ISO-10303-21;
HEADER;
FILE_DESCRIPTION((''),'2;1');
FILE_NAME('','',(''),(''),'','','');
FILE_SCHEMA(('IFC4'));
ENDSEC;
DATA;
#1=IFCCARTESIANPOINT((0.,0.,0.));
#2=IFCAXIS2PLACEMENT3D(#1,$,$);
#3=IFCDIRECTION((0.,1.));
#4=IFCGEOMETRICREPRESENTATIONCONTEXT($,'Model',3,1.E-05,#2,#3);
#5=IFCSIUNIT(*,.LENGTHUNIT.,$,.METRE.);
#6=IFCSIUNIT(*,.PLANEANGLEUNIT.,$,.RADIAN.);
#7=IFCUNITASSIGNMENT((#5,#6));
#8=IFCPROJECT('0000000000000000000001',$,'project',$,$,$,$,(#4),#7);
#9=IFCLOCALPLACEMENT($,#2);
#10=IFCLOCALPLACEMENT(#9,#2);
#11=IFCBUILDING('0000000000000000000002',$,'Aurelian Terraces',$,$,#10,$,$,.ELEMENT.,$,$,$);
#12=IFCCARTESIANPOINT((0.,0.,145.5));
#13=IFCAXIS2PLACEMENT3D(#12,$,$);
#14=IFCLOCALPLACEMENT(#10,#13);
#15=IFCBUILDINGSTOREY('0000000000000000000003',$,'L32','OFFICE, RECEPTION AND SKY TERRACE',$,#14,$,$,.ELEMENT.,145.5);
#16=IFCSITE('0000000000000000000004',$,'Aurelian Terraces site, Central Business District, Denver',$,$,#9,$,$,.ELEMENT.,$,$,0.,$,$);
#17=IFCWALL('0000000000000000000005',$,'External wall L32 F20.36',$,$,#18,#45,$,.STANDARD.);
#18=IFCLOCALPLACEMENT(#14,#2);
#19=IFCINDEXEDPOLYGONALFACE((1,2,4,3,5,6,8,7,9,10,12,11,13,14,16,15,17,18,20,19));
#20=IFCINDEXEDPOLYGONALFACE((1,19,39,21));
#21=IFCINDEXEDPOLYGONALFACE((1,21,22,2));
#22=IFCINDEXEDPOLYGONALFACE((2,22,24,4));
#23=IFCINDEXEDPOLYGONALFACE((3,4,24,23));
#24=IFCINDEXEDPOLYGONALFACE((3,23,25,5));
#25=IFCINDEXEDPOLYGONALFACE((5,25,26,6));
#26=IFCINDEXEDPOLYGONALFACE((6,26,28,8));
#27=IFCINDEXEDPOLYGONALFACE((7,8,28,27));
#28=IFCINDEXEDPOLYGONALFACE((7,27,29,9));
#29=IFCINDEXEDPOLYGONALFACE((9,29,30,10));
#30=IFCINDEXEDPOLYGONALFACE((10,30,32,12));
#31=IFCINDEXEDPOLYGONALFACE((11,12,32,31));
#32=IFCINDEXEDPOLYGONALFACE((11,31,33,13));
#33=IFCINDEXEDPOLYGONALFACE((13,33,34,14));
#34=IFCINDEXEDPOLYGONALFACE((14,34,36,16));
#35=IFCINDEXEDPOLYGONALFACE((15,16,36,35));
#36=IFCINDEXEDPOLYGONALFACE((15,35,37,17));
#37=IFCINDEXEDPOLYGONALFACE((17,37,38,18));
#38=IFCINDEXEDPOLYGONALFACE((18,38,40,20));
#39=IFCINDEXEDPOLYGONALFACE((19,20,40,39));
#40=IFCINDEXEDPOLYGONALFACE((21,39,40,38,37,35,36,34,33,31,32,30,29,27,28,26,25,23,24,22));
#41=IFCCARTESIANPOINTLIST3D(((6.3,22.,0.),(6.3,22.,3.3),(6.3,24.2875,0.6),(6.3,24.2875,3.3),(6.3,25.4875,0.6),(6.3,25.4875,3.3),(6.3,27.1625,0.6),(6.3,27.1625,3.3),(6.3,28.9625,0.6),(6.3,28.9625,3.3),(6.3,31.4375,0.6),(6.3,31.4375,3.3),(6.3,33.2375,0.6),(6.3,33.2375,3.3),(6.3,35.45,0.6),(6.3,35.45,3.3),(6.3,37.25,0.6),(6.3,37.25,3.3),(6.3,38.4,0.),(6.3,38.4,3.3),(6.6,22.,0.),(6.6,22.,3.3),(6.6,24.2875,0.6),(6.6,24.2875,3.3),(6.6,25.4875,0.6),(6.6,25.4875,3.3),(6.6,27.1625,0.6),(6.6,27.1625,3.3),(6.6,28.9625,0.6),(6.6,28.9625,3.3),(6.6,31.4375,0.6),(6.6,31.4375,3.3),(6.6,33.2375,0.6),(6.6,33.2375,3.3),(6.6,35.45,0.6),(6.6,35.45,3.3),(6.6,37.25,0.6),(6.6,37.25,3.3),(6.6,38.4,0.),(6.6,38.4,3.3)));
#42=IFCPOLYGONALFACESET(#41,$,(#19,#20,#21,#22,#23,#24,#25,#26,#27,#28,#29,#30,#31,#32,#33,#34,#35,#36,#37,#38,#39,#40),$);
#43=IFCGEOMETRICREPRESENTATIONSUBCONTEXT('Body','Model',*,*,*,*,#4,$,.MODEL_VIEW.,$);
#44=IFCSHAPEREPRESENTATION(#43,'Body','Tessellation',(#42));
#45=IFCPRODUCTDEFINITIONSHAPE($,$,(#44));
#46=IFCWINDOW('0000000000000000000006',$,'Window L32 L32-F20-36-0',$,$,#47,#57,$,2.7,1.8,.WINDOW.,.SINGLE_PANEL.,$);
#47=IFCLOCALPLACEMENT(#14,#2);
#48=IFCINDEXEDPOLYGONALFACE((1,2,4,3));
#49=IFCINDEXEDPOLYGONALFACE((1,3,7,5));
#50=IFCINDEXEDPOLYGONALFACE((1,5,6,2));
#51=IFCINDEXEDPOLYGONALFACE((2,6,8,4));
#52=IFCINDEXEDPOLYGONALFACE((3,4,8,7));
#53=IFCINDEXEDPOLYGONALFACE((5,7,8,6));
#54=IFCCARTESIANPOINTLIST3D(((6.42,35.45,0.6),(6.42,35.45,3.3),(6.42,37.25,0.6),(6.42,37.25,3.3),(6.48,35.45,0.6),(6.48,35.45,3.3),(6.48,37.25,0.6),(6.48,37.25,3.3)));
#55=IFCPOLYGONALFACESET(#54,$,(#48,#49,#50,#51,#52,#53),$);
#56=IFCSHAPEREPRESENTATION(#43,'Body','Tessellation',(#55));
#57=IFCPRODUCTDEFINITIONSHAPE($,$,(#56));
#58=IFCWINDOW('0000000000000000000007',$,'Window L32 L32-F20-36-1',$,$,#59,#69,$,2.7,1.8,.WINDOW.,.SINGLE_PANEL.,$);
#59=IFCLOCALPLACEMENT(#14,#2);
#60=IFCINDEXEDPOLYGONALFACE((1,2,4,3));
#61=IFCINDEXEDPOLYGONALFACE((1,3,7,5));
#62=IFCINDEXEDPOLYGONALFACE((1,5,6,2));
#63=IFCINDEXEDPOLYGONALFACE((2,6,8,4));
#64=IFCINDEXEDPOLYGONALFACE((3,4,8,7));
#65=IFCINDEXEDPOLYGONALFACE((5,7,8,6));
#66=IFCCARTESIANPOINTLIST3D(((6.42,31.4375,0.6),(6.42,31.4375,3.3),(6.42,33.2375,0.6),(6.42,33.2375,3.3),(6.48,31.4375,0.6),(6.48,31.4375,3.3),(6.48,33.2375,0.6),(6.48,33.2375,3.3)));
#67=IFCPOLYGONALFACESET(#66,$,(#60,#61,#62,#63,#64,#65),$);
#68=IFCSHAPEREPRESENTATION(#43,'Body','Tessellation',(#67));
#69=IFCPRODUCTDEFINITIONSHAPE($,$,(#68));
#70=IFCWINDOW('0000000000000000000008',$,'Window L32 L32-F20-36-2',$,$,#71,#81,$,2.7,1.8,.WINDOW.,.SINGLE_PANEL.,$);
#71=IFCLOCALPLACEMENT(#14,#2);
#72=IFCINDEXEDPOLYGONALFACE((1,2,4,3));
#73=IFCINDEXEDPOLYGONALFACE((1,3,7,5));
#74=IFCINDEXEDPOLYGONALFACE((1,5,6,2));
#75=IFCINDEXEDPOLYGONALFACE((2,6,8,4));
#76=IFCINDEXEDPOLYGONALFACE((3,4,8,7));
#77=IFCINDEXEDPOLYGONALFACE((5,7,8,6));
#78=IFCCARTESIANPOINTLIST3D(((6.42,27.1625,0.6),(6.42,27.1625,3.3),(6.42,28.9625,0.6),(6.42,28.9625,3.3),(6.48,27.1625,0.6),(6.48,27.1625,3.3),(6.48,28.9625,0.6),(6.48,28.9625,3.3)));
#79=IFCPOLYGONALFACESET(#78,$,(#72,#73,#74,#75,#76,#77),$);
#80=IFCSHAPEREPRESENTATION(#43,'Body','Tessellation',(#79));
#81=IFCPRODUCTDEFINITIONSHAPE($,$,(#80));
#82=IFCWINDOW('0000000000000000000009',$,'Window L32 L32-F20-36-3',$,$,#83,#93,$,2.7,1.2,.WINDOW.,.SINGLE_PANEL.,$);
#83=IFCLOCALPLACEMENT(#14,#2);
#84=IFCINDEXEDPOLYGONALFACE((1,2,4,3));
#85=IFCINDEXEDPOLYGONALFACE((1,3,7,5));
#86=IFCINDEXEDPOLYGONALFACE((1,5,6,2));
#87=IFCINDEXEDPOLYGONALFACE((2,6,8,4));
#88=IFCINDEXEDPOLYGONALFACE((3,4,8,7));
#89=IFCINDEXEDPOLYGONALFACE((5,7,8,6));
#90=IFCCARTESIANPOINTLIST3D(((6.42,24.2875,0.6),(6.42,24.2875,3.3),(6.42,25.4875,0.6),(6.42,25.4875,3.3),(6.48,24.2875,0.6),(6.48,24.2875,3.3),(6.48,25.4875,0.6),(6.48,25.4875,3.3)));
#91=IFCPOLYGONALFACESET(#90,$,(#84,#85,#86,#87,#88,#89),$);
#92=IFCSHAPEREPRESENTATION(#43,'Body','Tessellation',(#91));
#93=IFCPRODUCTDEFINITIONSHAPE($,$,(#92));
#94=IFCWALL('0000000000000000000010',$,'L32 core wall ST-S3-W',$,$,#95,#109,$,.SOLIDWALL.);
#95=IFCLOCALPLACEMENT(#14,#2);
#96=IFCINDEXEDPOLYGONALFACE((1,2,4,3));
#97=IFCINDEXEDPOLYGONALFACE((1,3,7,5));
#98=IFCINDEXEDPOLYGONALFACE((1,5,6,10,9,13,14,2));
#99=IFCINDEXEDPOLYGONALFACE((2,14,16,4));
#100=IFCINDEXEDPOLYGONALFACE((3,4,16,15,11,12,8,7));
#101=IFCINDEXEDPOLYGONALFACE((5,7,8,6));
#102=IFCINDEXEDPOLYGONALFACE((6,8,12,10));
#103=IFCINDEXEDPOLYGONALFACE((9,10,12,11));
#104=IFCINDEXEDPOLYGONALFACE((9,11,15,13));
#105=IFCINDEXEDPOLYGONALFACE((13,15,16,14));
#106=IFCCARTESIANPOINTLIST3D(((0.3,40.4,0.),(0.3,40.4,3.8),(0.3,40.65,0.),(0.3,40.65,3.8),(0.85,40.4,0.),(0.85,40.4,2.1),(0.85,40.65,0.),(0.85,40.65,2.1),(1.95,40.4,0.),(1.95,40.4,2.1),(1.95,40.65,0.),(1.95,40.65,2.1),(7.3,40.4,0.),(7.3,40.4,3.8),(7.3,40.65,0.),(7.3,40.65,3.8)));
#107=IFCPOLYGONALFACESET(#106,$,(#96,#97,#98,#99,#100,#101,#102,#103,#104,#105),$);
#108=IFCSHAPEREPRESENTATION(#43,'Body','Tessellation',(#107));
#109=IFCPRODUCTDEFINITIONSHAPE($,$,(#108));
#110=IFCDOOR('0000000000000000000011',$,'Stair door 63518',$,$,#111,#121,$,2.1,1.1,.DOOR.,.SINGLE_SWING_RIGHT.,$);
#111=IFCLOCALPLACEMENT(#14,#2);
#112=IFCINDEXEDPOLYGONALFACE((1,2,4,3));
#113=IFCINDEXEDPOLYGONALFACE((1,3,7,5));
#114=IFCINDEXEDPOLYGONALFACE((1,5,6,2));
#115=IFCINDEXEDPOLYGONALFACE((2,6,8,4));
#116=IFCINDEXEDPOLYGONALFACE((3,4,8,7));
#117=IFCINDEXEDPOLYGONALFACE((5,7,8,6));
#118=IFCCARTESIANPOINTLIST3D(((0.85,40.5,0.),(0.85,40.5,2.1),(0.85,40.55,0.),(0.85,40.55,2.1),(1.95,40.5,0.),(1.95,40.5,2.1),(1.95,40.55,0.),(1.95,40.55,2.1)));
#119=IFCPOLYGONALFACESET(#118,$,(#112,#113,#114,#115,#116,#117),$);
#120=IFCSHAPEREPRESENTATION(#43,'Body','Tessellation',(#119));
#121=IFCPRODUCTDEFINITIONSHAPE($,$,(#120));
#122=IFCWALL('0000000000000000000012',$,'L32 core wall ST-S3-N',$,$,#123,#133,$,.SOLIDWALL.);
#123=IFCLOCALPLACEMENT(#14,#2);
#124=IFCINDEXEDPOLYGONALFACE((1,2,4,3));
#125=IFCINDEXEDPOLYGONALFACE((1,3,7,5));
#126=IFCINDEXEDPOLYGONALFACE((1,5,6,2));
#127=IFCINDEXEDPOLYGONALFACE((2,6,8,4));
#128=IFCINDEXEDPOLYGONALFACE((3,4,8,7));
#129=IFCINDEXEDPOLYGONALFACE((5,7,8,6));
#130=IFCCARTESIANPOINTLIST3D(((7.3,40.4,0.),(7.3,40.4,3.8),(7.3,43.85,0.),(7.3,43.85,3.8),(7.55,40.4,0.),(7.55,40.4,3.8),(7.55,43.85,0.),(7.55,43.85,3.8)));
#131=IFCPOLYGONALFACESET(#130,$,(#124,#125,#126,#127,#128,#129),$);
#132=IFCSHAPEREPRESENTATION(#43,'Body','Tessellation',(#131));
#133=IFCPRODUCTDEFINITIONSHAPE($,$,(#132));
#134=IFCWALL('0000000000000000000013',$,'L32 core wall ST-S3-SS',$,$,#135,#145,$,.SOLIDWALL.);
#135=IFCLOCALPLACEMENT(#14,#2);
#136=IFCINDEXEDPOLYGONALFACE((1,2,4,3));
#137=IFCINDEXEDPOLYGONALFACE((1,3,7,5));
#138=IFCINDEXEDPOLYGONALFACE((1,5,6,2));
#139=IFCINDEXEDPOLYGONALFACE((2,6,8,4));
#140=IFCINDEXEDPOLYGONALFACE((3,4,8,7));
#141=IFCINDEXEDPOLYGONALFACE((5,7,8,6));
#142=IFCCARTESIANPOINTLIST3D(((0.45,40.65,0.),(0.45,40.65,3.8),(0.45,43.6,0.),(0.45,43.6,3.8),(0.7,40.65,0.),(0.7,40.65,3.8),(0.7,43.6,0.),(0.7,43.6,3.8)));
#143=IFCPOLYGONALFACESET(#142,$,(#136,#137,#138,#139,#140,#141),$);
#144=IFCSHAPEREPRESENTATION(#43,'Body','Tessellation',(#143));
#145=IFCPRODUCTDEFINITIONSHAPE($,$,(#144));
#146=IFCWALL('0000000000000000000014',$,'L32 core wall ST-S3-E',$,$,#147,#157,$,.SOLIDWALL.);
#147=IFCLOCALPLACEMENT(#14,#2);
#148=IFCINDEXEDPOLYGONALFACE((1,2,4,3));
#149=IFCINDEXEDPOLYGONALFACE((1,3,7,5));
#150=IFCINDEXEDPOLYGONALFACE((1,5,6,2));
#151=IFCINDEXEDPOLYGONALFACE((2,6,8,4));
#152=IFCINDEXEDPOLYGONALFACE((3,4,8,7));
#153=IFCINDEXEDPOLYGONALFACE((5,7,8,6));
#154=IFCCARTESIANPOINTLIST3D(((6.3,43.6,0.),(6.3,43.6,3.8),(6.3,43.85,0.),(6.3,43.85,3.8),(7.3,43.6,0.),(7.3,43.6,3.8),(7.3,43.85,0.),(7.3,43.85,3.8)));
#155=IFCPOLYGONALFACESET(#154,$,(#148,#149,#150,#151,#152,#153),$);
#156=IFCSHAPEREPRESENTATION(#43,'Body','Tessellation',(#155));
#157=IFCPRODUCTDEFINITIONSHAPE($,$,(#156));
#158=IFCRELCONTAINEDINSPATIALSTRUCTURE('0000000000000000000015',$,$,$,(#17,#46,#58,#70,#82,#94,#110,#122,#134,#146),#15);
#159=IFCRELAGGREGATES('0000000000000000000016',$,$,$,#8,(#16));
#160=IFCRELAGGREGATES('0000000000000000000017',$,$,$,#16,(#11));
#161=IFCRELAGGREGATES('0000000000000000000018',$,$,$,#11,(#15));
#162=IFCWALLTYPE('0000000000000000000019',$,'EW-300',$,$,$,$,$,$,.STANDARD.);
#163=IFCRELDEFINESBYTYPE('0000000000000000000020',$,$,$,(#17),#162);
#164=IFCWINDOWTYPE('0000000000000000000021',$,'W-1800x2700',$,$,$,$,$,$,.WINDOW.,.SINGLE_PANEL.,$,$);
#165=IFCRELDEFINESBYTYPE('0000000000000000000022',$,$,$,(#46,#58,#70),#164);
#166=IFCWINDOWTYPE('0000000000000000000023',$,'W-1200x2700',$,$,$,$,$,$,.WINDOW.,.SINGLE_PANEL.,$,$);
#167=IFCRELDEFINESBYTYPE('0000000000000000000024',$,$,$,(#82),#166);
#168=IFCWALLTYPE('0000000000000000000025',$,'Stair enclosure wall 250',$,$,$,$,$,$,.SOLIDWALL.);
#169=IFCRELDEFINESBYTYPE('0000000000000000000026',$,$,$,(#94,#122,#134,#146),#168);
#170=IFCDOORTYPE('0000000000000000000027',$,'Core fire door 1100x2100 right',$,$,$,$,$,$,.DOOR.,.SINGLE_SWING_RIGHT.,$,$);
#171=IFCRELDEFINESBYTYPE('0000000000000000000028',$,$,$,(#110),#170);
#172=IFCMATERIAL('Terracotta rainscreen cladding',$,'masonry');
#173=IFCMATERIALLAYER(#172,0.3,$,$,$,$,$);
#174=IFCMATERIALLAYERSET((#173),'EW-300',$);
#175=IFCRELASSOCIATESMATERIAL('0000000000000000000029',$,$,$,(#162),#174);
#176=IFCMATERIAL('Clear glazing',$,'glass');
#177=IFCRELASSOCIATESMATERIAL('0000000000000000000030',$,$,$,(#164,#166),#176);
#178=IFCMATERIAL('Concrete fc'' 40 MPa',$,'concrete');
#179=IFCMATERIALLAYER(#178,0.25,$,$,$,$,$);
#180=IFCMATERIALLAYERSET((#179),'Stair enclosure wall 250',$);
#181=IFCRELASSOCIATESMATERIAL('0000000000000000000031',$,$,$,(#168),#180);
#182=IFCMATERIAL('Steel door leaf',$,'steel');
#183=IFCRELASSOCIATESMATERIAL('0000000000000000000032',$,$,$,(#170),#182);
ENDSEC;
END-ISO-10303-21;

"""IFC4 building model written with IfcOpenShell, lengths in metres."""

from ifc_helpers import new_model, si_unit, direction, frame, frame_2d, origin, place, context, subcontext, project, spatial, rectangle, extrude, source, transform, mapped, material, layer, layer_set, type_object, element, fill, save


model = new_model("IFC4")

# Units and contexts
model_context = context("Model", 3, precision=1e-05, world=origin(), true_north=direction((0.0, 1.0)))
body_context = subcontext(model_context, "Body", "Model", "MODEL_VIEW")
ifc_project = project(units=[si_unit("LENGTHUNIT", "METRE"), si_unit("PLANEANGLEUNIT", "RADIAN")], contexts=[model_context])

# Site, building, storey
site_placement = place(None, origin())
site = spatial("IfcSite", under=ifc_project, at=site_placement, Name="Aurelian Terraces site, Central Business District, Denver", CompositionType="ELEMENT", RefElevation=0.0)
building_placement = place(site_placement, origin())
building = spatial("IfcBuilding", under=site, at=building_placement, Name="Aurelian Terraces", CompositionType="ELEMENT")
storey_placement = place(building_placement, frame((0.0, 0.0, 145.5)))
storey = spatial("IfcBuildingStorey", under=building, at=storey_placement, Name="L32", Description="OFFICE, RECEPTION AND SKY TERRACE", CompositionType="ELEMENT", Elevation=145.5)

# Shared definitions
ifc_material_1 = material(Name="Concrete fc' 40 MPa", Category="concrete")

# Shared definitions
ifc_material_2 = material(Name="Terracotta rainscreen cladding", Category="masonry")
ifc_layer_1 = layer(ifc_material_2, 0.3)
ifc_layer_set_1 = layer_set([ifc_layer_1], Name="EW-300")
wall_type_1 = type_object("IfcWallType", Name="EW-300", PredefinedType="STANDARD", material=ifc_layer_set_1)
ifc_material_3 = material(Name="Clear glazing", Category="glass")

# Wall, openings, windows
shared_shape_1 = source(origin(), body_context, "Body", "SweptSolid", [
    extrude(rectangle(XDim=16.4, YDim=0.3, at=frame_2d((8.2, 0.0))), origin(), (0.0, 0.0, 1.0), 3.3),
])
wall_1_placement = place(storey_placement, frame((6.45, 38.4, 0.0), z_axis=(0.0, 0.0, 1.0), x_axis=(0.0, -1.0, 0.0)))
wall_1 = element("IfcWall", 1, at=wall_1_placement, inside=storey, type_object=wall_type_1, Name="External wall L32 F20.36", PredefinedType="STANDARD", context=body_context, shape_type="MappedRepresentation", body=[
    mapped(shared_shape_1, transform((0.0, 0.0, 0.0), scale=1.0)),
])
shared_shape_2 = source(origin(), body_context, "Body", "SweptSolid", [
    extrude(rectangle(XDim=1.8, YDim=2.7, at=frame_2d((0.9, 1.35))), frame((0.0, 0.16, 0.0), z_axis=(0.0, -1.0, 0.0), x_axis=(1.0, 0.0, 0.0)), (0.0, 0.0, 1.0), 0.32),
])
opening_1_placement = place(wall_1_placement, frame((1.15, 0.0, 0.6)))
opening_1 = element("IfcOpeningElement", 2, at=opening_1_placement, cuts=wall_1, PredefinedType="OPENING", context=body_context, shape_type="MappedRepresentation", body=[
    mapped(shared_shape_2, transform((0.0, 0.0, 0.0), scale=1.0)),
])
opening_2_placement = place(wall_1_placement, frame((5.1625, 0.0, 0.6)))
opening_2 = element("IfcOpeningElement", 3, at=opening_2_placement, cuts=wall_1, PredefinedType="OPENING", context=body_context, shape_type="MappedRepresentation", body=[
    mapped(shared_shape_2, transform((0.0, 0.0, 0.0), scale=1.0)),
])
opening_3_placement = place(wall_1_placement, frame((9.4375, 0.0, 0.6)))
opening_3 = element("IfcOpeningElement", 4, at=opening_3_placement, cuts=wall_1, PredefinedType="OPENING", context=body_context, shape_type="MappedRepresentation", body=[
    mapped(shared_shape_2, transform((0.0, 0.0, 0.0), scale=1.0)),
])
shared_shape_3 = source(origin(), body_context, "Body", "SweptSolid", [
    extrude(rectangle(XDim=1.2, YDim=2.7, at=frame_2d((0.6, 1.35))), frame((0.0, 0.16, 0.0), z_axis=(0.0, -1.0, 0.0), x_axis=(1.0, 0.0, 0.0)), (0.0, 0.0, 1.0), 0.32),
])
opening_4_placement = place(wall_1_placement, frame((12.9125, 0.0, 0.6)))
opening_4 = element("IfcOpeningElement", 5, at=opening_4_placement, cuts=wall_1, PredefinedType="OPENING", context=body_context, shape_type="MappedRepresentation", body=[
    mapped(shared_shape_3, transform((0.0, 0.0, 0.0), scale=1.0)),
])
window_type_1 = type_object("IfcWindowType", Name="W-1800x2700", PartitioningType="SINGLE_PANEL", PredefinedType="WINDOW", material=ifc_material_3)
shared_shape_4 = source(origin(), body_context, "Body", "SweptSolid", [
    extrude(rectangle(XDim=1.8, YDim=2.7, at=frame_2d((0.9, 1.35))), frame((0.0, 0.03, 0.0), z_axis=(0.0, -1.0, 0.0), x_axis=(1.0, 0.0, 0.0)), (0.0, 0.0, 1.0), 0.06),
])
window_1_placement = place(opening_1_placement, origin())
window_1 = element("IfcWindow", 6, at=window_1_placement, inside=storey, type_object=window_type_1, Name="Window L32 L32-F20-36-0", OverallHeight=2.7, OverallWidth=1.8, PartitioningType="SINGLE_PANEL", PredefinedType="WINDOW", context=body_context, shape_type="MappedRepresentation", body=[
    mapped(shared_shape_4, transform((0.0, 0.0, 0.0), scale=1.0)),
])
fill(opening_1, window_1)
window_2_placement = place(opening_2_placement, origin())
window_2 = element("IfcWindow", 7, at=window_2_placement, inside=storey, type_object=window_type_1, Name="Window L32 L32-F20-36-1", OverallHeight=2.7, OverallWidth=1.8, PartitioningType="SINGLE_PANEL", PredefinedType="WINDOW", context=body_context, shape_type="MappedRepresentation", body=[
    mapped(shared_shape_4, transform((0.0, 0.0, 0.0), scale=1.0)),
])
fill(opening_2, window_2)
window_3_placement = place(opening_3_placement, origin())
window_3 = element("IfcWindow", 8, at=window_3_placement, inside=storey, type_object=window_type_1, Name="Window L32 L32-F20-36-2", OverallHeight=2.7, OverallWidth=1.8, PartitioningType="SINGLE_PANEL", PredefinedType="WINDOW", context=body_context, shape_type="MappedRepresentation", body=[
    mapped(shared_shape_4, transform((0.0, 0.0, 0.0), scale=1.0)),
])
fill(opening_3, window_3)
window_type_2 = type_object("IfcWindowType", Name="W-1200x2700", PartitioningType="SINGLE_PANEL", PredefinedType="WINDOW", material=ifc_material_3)
shared_shape_5 = source(origin(), body_context, "Body", "SweptSolid", [
    extrude(rectangle(XDim=1.2, YDim=2.7, at=frame_2d((0.6, 1.35))), frame((0.0, 0.03, 0.0), z_axis=(0.0, -1.0, 0.0), x_axis=(1.0, 0.0, 0.0)), (0.0, 0.0, 1.0), 0.06),
])
window_4_placement = place(opening_4_placement, origin())
window_4 = element("IfcWindow", 9, at=window_4_placement, inside=storey, type_object=window_type_2, Name="Window L32 L32-F20-36-3", OverallHeight=2.7, OverallWidth=1.2, PartitioningType="SINGLE_PANEL", PredefinedType="WINDOW", context=body_context, shape_type="MappedRepresentation", body=[
    mapped(shared_shape_5, transform((0.0, 0.0, 0.0), scale=1.0)),
])
fill(opening_4, window_4)

# Wall, opening, door
ifc_layer_2 = layer(ifc_material_1, 0.25)
ifc_layer_set_2 = layer_set([ifc_layer_2], Name="Stair enclosure wall 250")
wall_type_2 = type_object("IfcWallType", Name="Stair enclosure wall 250", PredefinedType="SOLIDWALL", material=ifc_layer_set_2)
shared_shape_6 = source(origin(), body_context, "Body", "SweptSolid", [
    extrude(rectangle(XDim=7.0, YDim=0.25, at=frame_2d((3.5, 0.0))), origin(), (0.0, 0.0, 1.0), 3.8),
])
wall_2_placement = place(storey_placement, frame((0.3, 40.525, 0.0), z_axis=(0.0, 0.0, 1.0), x_axis=(1.0, 0.0, 0.0)))
wall_2 = element("IfcWall", 10, at=wall_2_placement, inside=storey, type_object=wall_type_2, Name="L32 core wall ST-S3-W", PredefinedType="SOLIDWALL", context=body_context, shape_type="MappedRepresentation", body=[
    mapped(shared_shape_6, transform((0.0, 0.0, 0.0), scale=1.0)),
])
shared_shape_7 = source(origin(), body_context, "Body", "SweptSolid", [
    extrude(rectangle(XDim=1.1, YDim=2.1, at=frame_2d((0.55, 1.05))), frame((0.0, 0.135, 0.0), z_axis=(0.0, -1.0, 0.0), x_axis=(1.0, 0.0, 0.0)), (0.0, 0.0, 1.0), 0.27),
])
opening_5_placement = place(wall_2_placement, frame((0.55, 0.0, 0.0)))
opening_5 = element("IfcOpeningElement", 11, at=opening_5_placement, cuts=wall_2, PredefinedType="OPENING", context=body_context, shape_type="MappedRepresentation", body=[
    mapped(shared_shape_7, transform((0.0, 0.0, 0.0), scale=1.0)),
])
ifc_material_4 = material(Name="Steel door leaf", Category="steel")
door_type = type_object("IfcDoorType", Name="Core fire door 1100x2100 right", OperationType="SINGLE_SWING_RIGHT", PredefinedType="DOOR", material=ifc_material_4)
shared_shape_8 = source(origin(), body_context, "Body", "SweptSolid", [
    extrude(rectangle(XDim=1.1, YDim=2.1, at=frame_2d((0.55, 1.05))), frame((0.0, 0.025, 0.0), z_axis=(0.0, -1.0, 0.0), x_axis=(1.0, 0.0, 0.0)), (0.0, 0.0, 1.0), 0.05),
])
door_placement = place(opening_5_placement, origin())
door = element("IfcDoor", 12, at=door_placement, inside=storey, type_object=door_type, Name="Stair door 63518", OperationType="SINGLE_SWING_RIGHT", OverallHeight=2.1, OverallWidth=1.1, PredefinedType="DOOR", context=body_context, shape_type="MappedRepresentation", body=[
    mapped(shared_shape_8, transform((0.0, 0.0, 0.0), scale=1.0)),
])
fill(opening_5, door)

# Walls
shared_shape_9 = source(origin(), body_context, "Body", "SweptSolid", [
    extrude(rectangle(XDim=3.45, YDim=0.25, at=frame_2d((1.725, 0.0))), origin(), (0.0, 0.0, 1.0), 3.8),
])
wall_3_placement = place(storey_placement, frame((7.425, 40.4, 0.0), z_axis=(0.0, 0.0, 1.0), x_axis=(0.0, 1.0, 0.0)))
element("IfcWall", 13, at=wall_3_placement, inside=storey, type_object=wall_type_2, Name="L32 core wall ST-S3-N", PredefinedType="SOLIDWALL", context=body_context, shape_type="MappedRepresentation", body=[
    mapped(shared_shape_9, transform((0.0, 0.0, 0.0), scale=1.0)),
])
shared_shape_10 = source(origin(), body_context, "Body", "SweptSolid", [
    extrude(rectangle(XDim=2.95, YDim=0.25, at=frame_2d((1.475, 0.0))), origin(), (0.0, 0.0, 1.0), 3.8),
])
wall_4_placement = place(storey_placement, frame((0.575, 40.65, 0.0), z_axis=(0.0, 0.0, 1.0), x_axis=(0.0, 1.0, 0.0)))
element("IfcWall", 14, at=wall_4_placement, inside=storey, type_object=wall_type_2, Name="L32 core wall ST-S3-SS", PredefinedType="SOLIDWALL", context=body_context, shape_type="MappedRepresentation", body=[
    mapped(shared_shape_10, transform((0.0, 0.0, 0.0), scale=1.0)),
])
shared_shape_11 = source(origin(), body_context, "Body", "SweptSolid", [
    extrude(rectangle(XDim=1.0, YDim=0.25, at=frame_2d((0.5, 0.0))), origin(), (0.0, 0.0, 1.0), 3.8),
])
wall_5_placement = place(storey_placement, frame((6.3, 43.725, 0.0), z_axis=(0.0, 0.0, 1.0), x_axis=(1.0, 0.0, 0.0)))
element("IfcWall", 15, at=wall_5_placement, inside=storey, type_object=wall_type_2, Name="L32 core wall ST-S3-E", PredefinedType="SOLIDWALL", context=body_context, shape_type="MappedRepresentation", body=[
    mapped(shared_shape_11, transform((0.0, 0.0, 0.0), scale=1.0)),
])

save(model, "model.ifc")
